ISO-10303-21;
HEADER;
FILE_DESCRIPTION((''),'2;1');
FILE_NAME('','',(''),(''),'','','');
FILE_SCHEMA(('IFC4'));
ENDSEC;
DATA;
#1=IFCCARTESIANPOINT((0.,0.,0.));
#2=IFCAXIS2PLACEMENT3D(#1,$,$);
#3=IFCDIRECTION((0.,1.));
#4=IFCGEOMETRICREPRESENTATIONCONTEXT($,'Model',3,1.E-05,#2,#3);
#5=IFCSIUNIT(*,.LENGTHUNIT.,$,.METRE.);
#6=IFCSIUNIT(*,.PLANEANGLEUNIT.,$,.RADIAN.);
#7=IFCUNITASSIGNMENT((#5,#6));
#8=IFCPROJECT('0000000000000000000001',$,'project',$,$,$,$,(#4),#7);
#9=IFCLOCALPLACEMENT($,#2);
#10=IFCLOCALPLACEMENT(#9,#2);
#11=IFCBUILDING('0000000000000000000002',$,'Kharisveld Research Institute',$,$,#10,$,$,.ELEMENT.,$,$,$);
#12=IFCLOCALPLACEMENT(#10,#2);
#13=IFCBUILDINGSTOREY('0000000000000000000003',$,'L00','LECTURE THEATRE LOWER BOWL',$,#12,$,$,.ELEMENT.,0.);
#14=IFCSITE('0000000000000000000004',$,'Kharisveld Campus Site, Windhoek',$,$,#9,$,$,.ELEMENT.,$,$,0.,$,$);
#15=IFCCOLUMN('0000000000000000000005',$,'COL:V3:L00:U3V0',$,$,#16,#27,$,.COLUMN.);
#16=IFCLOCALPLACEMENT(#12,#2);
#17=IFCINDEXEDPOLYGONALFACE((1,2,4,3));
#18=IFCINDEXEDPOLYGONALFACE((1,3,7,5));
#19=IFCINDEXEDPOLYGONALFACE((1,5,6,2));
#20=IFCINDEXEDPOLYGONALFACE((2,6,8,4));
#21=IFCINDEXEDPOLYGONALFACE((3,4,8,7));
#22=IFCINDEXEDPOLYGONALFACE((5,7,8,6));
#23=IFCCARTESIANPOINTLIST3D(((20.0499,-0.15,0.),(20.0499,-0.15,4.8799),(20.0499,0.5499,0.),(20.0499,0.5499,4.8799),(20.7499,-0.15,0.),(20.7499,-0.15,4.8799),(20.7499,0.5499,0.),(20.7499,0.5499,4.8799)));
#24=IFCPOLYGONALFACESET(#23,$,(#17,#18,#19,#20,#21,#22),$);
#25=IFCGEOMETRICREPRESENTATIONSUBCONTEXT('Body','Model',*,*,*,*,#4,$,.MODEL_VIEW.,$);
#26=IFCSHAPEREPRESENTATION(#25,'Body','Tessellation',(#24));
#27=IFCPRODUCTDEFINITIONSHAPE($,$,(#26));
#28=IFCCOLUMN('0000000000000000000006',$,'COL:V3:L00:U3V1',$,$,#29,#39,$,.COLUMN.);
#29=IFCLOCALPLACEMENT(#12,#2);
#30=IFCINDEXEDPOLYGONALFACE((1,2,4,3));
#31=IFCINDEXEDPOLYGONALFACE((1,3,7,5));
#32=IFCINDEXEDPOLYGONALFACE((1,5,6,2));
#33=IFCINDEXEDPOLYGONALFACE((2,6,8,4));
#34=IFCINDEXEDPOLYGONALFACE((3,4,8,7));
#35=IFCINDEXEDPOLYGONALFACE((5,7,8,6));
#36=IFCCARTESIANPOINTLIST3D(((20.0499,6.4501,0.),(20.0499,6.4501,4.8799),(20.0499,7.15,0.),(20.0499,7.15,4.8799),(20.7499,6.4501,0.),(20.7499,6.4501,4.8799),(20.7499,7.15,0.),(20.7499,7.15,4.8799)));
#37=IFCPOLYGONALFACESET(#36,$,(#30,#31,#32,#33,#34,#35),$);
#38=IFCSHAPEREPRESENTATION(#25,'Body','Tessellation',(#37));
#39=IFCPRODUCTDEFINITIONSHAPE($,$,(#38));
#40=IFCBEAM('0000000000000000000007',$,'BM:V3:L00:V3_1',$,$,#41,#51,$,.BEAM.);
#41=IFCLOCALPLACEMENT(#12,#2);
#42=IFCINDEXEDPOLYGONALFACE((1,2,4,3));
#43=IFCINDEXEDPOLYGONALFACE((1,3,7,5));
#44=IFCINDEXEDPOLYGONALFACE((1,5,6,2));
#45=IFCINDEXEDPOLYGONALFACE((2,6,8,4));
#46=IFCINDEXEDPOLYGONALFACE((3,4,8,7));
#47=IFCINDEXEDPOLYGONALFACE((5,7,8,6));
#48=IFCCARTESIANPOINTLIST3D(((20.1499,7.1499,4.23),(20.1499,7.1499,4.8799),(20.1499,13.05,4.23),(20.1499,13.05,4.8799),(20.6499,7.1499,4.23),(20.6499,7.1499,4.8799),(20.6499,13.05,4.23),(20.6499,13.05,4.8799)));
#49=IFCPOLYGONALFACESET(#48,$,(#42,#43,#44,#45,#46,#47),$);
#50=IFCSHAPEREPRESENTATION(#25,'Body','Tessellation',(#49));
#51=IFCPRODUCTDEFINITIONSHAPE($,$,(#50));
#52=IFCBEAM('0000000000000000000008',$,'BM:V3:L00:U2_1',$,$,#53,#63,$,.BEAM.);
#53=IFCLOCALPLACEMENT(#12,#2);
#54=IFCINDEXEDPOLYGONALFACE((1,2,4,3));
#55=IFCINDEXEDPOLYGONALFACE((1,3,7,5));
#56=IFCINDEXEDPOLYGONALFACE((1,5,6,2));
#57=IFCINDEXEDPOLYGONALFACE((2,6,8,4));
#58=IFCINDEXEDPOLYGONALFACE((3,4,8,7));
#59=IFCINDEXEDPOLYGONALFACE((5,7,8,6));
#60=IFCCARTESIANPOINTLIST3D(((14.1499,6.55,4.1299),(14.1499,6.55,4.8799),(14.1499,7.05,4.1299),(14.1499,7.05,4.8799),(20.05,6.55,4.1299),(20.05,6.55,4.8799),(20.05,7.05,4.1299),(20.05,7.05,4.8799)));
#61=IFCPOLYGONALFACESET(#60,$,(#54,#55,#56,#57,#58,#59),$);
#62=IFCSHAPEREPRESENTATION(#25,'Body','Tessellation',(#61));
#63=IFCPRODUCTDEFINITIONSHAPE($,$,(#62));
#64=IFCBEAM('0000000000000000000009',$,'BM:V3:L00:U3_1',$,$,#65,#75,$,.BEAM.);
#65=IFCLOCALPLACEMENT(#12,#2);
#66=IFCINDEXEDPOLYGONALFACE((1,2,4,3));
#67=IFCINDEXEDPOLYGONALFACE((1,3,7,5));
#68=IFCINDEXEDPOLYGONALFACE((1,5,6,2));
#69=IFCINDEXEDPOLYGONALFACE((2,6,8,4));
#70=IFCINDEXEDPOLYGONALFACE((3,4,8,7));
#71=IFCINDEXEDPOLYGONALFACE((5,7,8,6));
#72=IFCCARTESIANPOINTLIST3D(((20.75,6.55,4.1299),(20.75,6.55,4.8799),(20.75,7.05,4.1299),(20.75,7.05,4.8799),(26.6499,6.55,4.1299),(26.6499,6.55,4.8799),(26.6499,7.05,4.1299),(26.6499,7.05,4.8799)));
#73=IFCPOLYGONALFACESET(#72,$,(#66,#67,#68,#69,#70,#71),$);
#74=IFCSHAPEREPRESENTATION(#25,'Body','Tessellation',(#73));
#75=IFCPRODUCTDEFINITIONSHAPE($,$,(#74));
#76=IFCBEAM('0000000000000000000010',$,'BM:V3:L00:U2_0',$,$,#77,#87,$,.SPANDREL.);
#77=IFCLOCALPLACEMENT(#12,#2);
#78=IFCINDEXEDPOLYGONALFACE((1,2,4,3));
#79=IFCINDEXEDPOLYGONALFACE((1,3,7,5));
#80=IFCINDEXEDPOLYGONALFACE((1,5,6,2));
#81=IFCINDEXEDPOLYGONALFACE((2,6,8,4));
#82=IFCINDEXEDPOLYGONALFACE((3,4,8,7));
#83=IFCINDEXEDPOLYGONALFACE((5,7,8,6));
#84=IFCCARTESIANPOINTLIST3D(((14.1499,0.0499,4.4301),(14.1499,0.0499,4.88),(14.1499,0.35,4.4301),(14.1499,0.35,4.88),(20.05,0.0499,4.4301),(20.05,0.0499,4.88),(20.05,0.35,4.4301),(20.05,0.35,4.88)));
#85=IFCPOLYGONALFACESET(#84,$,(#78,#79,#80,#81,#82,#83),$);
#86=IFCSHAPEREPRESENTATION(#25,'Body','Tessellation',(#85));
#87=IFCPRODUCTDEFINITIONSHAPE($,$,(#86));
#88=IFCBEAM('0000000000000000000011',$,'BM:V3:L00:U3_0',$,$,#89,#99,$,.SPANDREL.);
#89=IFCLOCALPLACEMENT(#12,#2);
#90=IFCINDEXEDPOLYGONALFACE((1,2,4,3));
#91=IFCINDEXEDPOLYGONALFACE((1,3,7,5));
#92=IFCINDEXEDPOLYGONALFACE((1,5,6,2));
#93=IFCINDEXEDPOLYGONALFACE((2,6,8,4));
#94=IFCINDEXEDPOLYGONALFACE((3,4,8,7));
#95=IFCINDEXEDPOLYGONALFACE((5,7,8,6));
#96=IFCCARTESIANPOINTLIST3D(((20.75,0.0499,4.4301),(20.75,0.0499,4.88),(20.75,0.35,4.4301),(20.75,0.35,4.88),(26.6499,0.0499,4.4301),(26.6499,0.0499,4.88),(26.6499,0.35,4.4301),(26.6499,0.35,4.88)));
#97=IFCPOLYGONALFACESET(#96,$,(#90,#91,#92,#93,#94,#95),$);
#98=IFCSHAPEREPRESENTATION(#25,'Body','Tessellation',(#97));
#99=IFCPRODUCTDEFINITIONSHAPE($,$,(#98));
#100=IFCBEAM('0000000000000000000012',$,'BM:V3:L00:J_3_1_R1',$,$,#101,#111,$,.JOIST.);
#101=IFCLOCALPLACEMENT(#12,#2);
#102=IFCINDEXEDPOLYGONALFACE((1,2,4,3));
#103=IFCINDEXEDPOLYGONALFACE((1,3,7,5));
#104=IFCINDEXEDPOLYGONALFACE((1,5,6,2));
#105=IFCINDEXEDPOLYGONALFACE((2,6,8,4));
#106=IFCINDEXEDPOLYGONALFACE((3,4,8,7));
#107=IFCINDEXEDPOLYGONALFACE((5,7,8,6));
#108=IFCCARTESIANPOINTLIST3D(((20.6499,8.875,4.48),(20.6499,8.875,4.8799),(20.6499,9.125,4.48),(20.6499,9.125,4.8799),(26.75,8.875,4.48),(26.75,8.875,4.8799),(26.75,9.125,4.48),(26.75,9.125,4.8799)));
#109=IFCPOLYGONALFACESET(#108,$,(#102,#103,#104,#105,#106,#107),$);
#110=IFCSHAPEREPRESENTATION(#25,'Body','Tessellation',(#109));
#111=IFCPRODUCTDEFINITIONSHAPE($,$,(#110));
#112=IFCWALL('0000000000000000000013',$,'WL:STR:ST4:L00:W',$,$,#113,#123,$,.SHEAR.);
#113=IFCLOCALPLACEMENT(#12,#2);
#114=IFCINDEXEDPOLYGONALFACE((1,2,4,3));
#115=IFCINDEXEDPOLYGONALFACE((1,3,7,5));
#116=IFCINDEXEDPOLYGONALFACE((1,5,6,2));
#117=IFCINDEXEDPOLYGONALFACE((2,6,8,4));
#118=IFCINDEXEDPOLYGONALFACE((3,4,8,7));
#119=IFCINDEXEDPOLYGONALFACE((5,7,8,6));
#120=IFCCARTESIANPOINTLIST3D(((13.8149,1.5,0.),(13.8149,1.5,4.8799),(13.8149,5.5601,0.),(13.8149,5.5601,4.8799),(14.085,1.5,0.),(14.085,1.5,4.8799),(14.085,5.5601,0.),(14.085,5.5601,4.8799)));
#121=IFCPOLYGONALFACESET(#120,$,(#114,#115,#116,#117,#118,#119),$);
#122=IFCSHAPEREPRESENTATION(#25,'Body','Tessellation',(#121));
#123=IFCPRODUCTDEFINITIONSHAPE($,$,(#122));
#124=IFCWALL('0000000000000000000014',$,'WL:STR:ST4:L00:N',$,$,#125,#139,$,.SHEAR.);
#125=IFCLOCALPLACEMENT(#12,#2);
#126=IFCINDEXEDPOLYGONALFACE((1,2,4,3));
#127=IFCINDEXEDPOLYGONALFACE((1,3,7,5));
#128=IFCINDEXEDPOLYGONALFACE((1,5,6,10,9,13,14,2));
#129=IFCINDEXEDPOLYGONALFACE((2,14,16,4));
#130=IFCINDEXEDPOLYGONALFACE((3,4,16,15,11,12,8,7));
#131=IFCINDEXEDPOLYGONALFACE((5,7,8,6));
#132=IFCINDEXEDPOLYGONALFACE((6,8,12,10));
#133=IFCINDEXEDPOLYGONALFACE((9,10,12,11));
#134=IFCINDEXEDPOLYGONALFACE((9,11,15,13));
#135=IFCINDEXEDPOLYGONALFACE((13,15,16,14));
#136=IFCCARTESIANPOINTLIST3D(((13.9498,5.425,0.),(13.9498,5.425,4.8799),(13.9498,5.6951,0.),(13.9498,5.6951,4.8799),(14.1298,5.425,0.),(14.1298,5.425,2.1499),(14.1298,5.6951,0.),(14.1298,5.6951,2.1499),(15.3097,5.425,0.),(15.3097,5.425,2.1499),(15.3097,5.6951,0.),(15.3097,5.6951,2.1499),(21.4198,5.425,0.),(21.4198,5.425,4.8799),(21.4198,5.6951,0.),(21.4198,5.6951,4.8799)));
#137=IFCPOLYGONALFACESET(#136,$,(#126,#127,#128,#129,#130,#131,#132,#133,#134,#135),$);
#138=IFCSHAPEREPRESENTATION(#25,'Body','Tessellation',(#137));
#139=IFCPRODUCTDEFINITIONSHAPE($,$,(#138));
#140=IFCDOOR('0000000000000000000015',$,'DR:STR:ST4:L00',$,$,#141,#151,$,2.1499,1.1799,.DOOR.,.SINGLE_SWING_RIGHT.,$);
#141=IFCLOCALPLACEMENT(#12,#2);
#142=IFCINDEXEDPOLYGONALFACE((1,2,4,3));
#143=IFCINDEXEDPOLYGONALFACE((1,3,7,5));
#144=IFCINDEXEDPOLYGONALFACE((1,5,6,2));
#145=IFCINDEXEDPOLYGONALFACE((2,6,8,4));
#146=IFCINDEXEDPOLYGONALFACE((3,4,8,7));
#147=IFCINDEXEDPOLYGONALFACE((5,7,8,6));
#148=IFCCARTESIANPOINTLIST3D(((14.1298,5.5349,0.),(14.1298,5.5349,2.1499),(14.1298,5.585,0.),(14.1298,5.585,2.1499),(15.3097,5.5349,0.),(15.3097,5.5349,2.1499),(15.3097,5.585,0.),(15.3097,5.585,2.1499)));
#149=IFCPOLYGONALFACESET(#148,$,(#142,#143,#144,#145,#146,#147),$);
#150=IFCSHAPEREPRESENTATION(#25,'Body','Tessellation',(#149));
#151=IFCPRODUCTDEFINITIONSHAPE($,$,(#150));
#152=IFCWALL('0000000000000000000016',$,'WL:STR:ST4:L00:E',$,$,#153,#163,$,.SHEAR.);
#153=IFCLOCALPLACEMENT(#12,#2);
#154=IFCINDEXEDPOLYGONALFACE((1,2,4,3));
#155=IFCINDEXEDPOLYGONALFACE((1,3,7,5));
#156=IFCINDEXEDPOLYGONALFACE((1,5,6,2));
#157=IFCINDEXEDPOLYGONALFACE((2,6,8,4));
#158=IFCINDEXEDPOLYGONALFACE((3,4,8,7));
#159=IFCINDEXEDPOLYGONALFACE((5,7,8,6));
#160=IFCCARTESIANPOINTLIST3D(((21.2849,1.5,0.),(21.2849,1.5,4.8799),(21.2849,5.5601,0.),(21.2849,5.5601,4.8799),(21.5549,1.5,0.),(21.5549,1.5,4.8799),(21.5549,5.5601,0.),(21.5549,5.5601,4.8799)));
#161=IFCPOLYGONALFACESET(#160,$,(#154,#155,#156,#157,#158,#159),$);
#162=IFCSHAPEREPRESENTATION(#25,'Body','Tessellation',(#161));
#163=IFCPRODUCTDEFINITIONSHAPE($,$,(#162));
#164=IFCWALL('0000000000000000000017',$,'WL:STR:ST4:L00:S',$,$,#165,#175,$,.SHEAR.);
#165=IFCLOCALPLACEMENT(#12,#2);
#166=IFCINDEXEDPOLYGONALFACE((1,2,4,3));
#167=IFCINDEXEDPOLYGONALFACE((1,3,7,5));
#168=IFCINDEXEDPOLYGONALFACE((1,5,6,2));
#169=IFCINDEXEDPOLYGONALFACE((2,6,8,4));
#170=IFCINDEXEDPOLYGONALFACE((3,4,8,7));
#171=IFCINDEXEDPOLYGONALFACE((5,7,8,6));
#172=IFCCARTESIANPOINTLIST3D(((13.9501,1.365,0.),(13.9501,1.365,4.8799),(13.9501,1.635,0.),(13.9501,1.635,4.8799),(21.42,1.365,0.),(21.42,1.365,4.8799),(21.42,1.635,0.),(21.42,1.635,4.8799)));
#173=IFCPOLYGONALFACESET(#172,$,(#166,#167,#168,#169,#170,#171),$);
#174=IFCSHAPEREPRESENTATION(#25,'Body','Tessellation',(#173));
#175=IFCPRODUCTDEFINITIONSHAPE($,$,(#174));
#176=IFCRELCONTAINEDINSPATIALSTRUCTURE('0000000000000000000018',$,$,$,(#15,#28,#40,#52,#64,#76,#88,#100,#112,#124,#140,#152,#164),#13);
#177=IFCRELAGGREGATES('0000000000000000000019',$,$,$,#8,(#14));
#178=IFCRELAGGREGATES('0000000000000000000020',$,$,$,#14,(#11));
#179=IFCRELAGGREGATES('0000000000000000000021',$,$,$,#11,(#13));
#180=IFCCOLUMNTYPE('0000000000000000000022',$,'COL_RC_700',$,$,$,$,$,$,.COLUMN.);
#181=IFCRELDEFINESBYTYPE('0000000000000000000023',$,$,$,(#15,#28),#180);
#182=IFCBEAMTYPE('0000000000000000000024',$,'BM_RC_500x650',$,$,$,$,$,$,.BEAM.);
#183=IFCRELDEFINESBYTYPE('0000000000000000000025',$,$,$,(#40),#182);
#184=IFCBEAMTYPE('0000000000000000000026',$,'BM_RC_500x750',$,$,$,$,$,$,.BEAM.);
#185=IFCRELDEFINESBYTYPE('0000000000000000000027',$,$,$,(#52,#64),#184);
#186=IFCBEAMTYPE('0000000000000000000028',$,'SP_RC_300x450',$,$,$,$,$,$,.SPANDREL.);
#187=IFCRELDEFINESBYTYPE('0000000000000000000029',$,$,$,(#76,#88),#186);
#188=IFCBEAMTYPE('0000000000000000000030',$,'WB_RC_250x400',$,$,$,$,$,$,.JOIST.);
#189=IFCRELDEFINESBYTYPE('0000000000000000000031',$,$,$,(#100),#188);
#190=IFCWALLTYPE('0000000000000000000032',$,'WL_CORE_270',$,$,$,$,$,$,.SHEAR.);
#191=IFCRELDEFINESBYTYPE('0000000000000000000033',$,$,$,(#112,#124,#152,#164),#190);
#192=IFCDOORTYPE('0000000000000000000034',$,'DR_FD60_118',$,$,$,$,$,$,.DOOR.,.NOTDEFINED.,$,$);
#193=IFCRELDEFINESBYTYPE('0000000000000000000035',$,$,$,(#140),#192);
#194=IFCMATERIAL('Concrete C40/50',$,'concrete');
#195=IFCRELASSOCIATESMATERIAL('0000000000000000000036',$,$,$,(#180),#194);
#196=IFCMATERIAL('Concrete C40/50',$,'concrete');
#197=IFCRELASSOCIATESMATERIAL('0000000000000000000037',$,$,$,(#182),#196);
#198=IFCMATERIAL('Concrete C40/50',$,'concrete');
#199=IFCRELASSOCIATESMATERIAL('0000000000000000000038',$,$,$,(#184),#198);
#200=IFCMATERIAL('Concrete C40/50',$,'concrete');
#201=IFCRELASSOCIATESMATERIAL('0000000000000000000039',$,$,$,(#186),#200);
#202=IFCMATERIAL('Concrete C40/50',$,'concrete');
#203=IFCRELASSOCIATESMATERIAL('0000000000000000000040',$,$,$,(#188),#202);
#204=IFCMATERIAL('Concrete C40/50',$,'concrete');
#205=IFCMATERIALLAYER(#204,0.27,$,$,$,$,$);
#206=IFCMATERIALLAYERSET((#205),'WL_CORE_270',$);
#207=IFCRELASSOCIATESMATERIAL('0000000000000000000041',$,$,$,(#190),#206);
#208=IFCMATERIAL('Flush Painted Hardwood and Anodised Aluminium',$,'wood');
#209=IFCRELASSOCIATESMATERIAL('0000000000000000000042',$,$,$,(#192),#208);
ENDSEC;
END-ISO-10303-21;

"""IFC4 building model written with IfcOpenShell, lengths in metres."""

from ifc_helpers import new_model, si_unit, direction, frame, frame_2d, origin, origin_2d, place, context, subcontext, project, spatial, rectangle, extrude, material, layer, layer_set, material_profile, profile_set, type_object, element, fill, save


model = new_model("IFC4")

# Units and contexts
model_context = context("Model", 3, precision=1e-05, world=origin(), true_north=direction((0.0, 1.0)))
body_context = subcontext(model_context, "Body", "Model", "MODEL_VIEW")
ifc_project = project(units=[si_unit("LENGTHUNIT", "METRE"), si_unit("PLANEANGLEUNIT", "RADIAN")], contexts=[model_context])

# Site, building, storey
site_placement = place(None, origin())
site = spatial("IfcSite", under=ifc_project, at=site_placement, Name="Kharisveld Campus Site, Windhoek", CompositionType="ELEMENT", RefElevation=0.0)
building_placement = place(site_placement, origin())
building = spatial("IfcBuilding", under=site, at=building_placement, Name="Kharisveld Research Institute", CompositionType="ELEMENT")
storey_placement = place(building_placement, origin())
storey = spatial("IfcBuildingStorey", under=building, at=storey_placement, Name="L00", Description="LECTURE THEATRE LOWER BOWL", CompositionType="ELEMENT", Elevation=0.0)

# Columns
ifc_material_1 = material(Name="Concrete C40/50", Category="concrete")
ifc_material_profile_1 = material_profile(ifc_material_1, rectangle(XDim=0.7, YDim=0.7, at=origin_2d()))
ifc_profile_set_1 = profile_set([ifc_material_profile_1], Name="Concrete C40/50")
column_type = type_object("IfcColumnType", Name="COL_RC_700", PredefinedType="COLUMN", material=ifc_profile_set_1)
for number, where, z_axis, x_axis, name in (
    (1, (20.3999, 0.2, 0.0), (0.0, 0.0, 1.0), (1.0, 0.0, 0.0), "COL:V3:L00:U3V0"),
    (2, (20.3999, 6.8, 0.0), (0.0, 0.0, 1.0), (1.0, 0.0, 0.0), "COL:V3:L00:U3V1"),
):
    element("IfcColumn", number, at=place(storey_placement, frame(where, z_axis=z_axis, x_axis=x_axis)), inside=storey, type_object=column_type, Name=name, PredefinedType="COLUMN", context=body_context, shape_type="SweptSolid", body=[
        extrude(rectangle(XDim=0.7, YDim=0.7, at=origin_2d()), origin(), (0.0, 0.0, 1.0), 4.8799),
    ])

# Beams
ifc_material_2 = material(Name="Concrete C40/50", Category="concrete")
ifc_material_profile_2 = material_profile(ifc_material_2, rectangle(XDim=0.5, YDim=0.6499, at=origin_2d()))
ifc_profile_set_2 = profile_set([ifc_material_profile_2], Name="Concrete C40/50")
beam_type_1 = type_object("IfcBeamType", Name="BM_RC_500x650", PredefinedType="BEAM", material=ifc_profile_set_2)
beam_1_placement = place(storey_placement, frame((20.3999, 7.1499, 4.5549), z_axis=(0.0, 1.0, 0.0), x_axis=(-1.0, 0.0, 0.0)))
element("IfcBeam", 3, at=beam_1_placement, inside=storey, type_object=beam_type_1, Name="BM:V3:L00:V3_1", PredefinedType="BEAM", context=body_context, shape_type="SweptSolid", body=[
    extrude(rectangle(XDim=0.5, YDim=0.6499, at=origin_2d()), origin(), (0.0, 0.0, 1.0), 5.9001),
])
ifc_material_3 = material(Name="Concrete C40/50", Category="concrete")
ifc_material_profile_3 = material_profile(ifc_material_3, rectangle(XDim=0.5, YDim=0.75, at=origin_2d()))
ifc_profile_set_3 = profile_set([ifc_material_profile_3], Name="Concrete C40/50")
beam_type_2 = type_object("IfcBeamType", Name="BM_RC_500x750", PredefinedType="BEAM", material=ifc_profile_set_3)
beam_2_placement = place(storey_placement, frame((14.1499, 6.8, 4.5049), z_axis=(1.0, 0.0, 0.0), x_axis=(0.0, 1.0, 0.0)))
element("IfcBeam", 4, at=beam_2_placement, inside=storey, type_object=beam_type_2, Name="BM:V3:L00:U2_1", PredefinedType="BEAM", context=body_context, shape_type="SweptSolid", body=[
    extrude(rectangle(XDim=0.5, YDim=0.75, at=origin_2d()), origin(), (0.0, 0.0, 1.0), 5.9001),
])
beam_3_placement = place(storey_placement, frame((20.75, 6.8, 4.5049), z_axis=(1.0, 0.0, 0.0), x_axis=(0.0, 1.0, 0.0)))
element("IfcBeam", 5, at=beam_3_placement, inside=storey, type_object=beam_type_2, Name="BM:V3:L00:U3_1", PredefinedType="BEAM", context=body_context, shape_type="SweptSolid", body=[
    extrude(rectangle(XDim=0.5, YDim=0.75, at=origin_2d()), origin(), (0.0, 0.0, 1.0), 5.8999),
])
ifc_material_4 = material(Name="Concrete C40/50", Category="concrete")
ifc_material_profile_4 = material_profile(ifc_material_4, rectangle(XDim=0.3, YDim=0.45, at=origin_2d()))
ifc_profile_set_4 = profile_set([ifc_material_profile_4], Name="Concrete C40/50")
beam_type_3 = type_object("IfcBeamType", Name="SP_RC_300x450", PredefinedType="SPANDREL", material=ifc_profile_set_4)
beam_4_placement = place(storey_placement, frame((14.1499, 0.2, 4.655), z_axis=(1.0, 0.0, 0.0), x_axis=(0.0, 1.0, 0.0)))
element("IfcBeam", 6, at=beam_4_placement, inside=storey, type_object=beam_type_3, Name="BM:V3:L00:U2_0", PredefinedType="SPANDREL", context=body_context, shape_type="SweptSolid", body=[
    extrude(rectangle(XDim=0.3, YDim=0.45, at=origin_2d()), origin(), (0.0, 0.0, 1.0), 5.9001),
])
beam_5_placement = place(storey_placement, frame((20.75, 0.2, 4.655), z_axis=(1.0, 0.0, 0.0), x_axis=(0.0, 1.0, 0.0)))
element("IfcBeam", 7, at=beam_5_placement, inside=storey, type_object=beam_type_3, Name="BM:V3:L00:U3_0", PredefinedType="SPANDREL", context=body_context, shape_type="SweptSolid", body=[
    extrude(rectangle(XDim=0.3, YDim=0.45, at=origin_2d()), origin(), (0.0, 0.0, 1.0), 5.8999),
])
ifc_material_5 = material(Name="Concrete C40/50", Category="concrete")
ifc_material_profile_5 = material_profile(ifc_material_5, rectangle(XDim=0.25, YDim=0.3999, at=origin_2d()))
ifc_profile_set_5 = profile_set([ifc_material_profile_5], Name="Concrete C40/50")
beam_type_4 = type_object("IfcBeamType", Name="WB_RC_250x400", PredefinedType="JOIST", material=ifc_profile_set_5)
beam_6_placement = place(storey_placement, frame((20.6499, 9.0, 4.6799), z_axis=(1.0, 0.0, 0.0), x_axis=(0.0, 1.0, 0.0)))
element("IfcBeam", 8, at=beam_6_placement, inside=storey, type_object=beam_type_4, Name="BM:V3:L00:J_3_1_R1", PredefinedType="JOIST", context=body_context, shape_type="SweptSolid", body=[
    extrude(rectangle(XDim=0.25, YDim=0.3999, at=origin_2d()), origin(), (0.0, 0.0, 1.0), 6.1001),
])

# Wall
ifc_material_6 = material(Name="Concrete C40/50", Category="concrete")
ifc_layer_1 = layer(ifc_material_6, 0.27)
ifc_layer_set_1 = layer_set([ifc_layer_1], Name="WL_CORE_270")
wall_type_1 = type_object("IfcWallType", Name="WL_CORE_270", PredefinedType="SHEAR", material=ifc_layer_set_1)
wall_1_placement = place(storey_placement, frame((13.95, 1.5, 0.0), z_axis=(0.0, 0.0, 1.0), x_axis=(0.0, 1.0, 0.0)))
element("IfcWall", 9, at=wall_1_placement, inside=storey, type_object=wall_type_1, Name="WL:STR:ST4:L00:W", PredefinedType="SHEAR", context=body_context, shape_type="SweptSolid", body=[
    extrude(rectangle(XDim=4.0601, YDim=0.27, at=frame_2d((2.03, 0.0))), origin(), (0.0, 0.0, 1.0), 4.8799),
])

# Wall, opening, door
wall_2_placement = place(storey_placement, frame((13.95, 5.5601, 0.0), z_axis=(0.0, 0.0, 1.0), x_axis=(1.0, 0.0, 0.0)))
wall_2 = element("IfcWall", 10, at=wall_2_placement, inside=storey, type_object=wall_type_1, Name="WL:STR:ST4:L00:N", PredefinedType="SHEAR", context=body_context, shape_type="SweptSolid", body=[
    extrude(rectangle(XDim=7.47, YDim=0.27, at=frame_2d((3.7349, 0.0))), origin(), (0.0, 0.0, 1.0), 4.8799),
])
opening_placement = place(wall_2_placement, frame((0.1799, 0.0, 0.0)))
opening = element("IfcOpeningElement", 11, at=opening_placement, cuts=wall_2, PredefinedType="OPENING", context=body_context, shape_type="SweptSolid", body=[
    extrude(rectangle(XDim=1.1799, YDim=2.1499, at=frame_2d((0.5898, 1.075))), frame((0.0, 0.135, 0.0), z_axis=(0.0, -1.0, 0.0), x_axis=(1.0, 0.0, 0.0)), (0.0, 0.0, 1.0), 0.27),
])
ifc_material_7 = material(Name="Flush Painted Hardwood and Anodised Aluminium", Category="wood")
door_type = type_object("IfcDoorType", Name="DR_FD60_118", OperationType="NOTDEFINED", PredefinedType="DOOR", material=ifc_material_7)
door_placement = place(opening_placement, origin())
door = element("IfcDoor", 12, at=door_placement, inside=storey, type_object=door_type, Name="DR:STR:ST4:L00", OperationType="SINGLE_SWING_RIGHT", OverallHeight=2.1499, OverallWidth=1.1799, PredefinedType="DOOR", context=body_context, shape_type="SweptSolid", body=[
    extrude(rectangle(XDim=1.1799, YDim=2.1499, at=frame_2d((0.5898, 1.075))), frame((0.0, 0.0249, 0.0), z_axis=(0.0, -1.0, 0.0), x_axis=(1.0, 0.0, 0.0)), (0.0, 0.0, 1.0), 0.05),
])
fill(opening, door)

# Walls
wall_3_placement = place(storey_placement, frame((21.4199, 5.5601, 0.0), z_axis=(0.0, 0.0, 1.0), x_axis=(0.0, -1.0, 0.0)))
element("IfcWall", 13, at=wall_3_placement, inside=storey, type_object=wall_type_1, Name="WL:STR:ST4:L00:E", PredefinedType="SHEAR", context=body_context, shape_type="SweptSolid", body=[
    extrude(rectangle(XDim=4.0601, YDim=0.27, at=frame_2d((2.03, 0.0))), origin(), (0.0, 0.0, 1.0), 4.8799),
])
wall_4_placement = place(storey_placement, frame((21.4199, 1.5, 0.0), z_axis=(0.0, 0.0, 1.0), x_axis=(-1.0, 0.0, 0.0)))
element("IfcWall", 14, at=wall_4_placement, inside=storey, type_object=wall_type_1, Name="WL:STR:ST4:L00:S", PredefinedType="SHEAR", context=body_context, shape_type="SweptSolid", body=[
    extrude(rectangle(XDim=7.47, YDim=0.27, at=frame_2d((3.7349, 0.0))), origin(), (0.0, 0.0, 1.0), 4.8799),
])

save(model, "model.ifc")
